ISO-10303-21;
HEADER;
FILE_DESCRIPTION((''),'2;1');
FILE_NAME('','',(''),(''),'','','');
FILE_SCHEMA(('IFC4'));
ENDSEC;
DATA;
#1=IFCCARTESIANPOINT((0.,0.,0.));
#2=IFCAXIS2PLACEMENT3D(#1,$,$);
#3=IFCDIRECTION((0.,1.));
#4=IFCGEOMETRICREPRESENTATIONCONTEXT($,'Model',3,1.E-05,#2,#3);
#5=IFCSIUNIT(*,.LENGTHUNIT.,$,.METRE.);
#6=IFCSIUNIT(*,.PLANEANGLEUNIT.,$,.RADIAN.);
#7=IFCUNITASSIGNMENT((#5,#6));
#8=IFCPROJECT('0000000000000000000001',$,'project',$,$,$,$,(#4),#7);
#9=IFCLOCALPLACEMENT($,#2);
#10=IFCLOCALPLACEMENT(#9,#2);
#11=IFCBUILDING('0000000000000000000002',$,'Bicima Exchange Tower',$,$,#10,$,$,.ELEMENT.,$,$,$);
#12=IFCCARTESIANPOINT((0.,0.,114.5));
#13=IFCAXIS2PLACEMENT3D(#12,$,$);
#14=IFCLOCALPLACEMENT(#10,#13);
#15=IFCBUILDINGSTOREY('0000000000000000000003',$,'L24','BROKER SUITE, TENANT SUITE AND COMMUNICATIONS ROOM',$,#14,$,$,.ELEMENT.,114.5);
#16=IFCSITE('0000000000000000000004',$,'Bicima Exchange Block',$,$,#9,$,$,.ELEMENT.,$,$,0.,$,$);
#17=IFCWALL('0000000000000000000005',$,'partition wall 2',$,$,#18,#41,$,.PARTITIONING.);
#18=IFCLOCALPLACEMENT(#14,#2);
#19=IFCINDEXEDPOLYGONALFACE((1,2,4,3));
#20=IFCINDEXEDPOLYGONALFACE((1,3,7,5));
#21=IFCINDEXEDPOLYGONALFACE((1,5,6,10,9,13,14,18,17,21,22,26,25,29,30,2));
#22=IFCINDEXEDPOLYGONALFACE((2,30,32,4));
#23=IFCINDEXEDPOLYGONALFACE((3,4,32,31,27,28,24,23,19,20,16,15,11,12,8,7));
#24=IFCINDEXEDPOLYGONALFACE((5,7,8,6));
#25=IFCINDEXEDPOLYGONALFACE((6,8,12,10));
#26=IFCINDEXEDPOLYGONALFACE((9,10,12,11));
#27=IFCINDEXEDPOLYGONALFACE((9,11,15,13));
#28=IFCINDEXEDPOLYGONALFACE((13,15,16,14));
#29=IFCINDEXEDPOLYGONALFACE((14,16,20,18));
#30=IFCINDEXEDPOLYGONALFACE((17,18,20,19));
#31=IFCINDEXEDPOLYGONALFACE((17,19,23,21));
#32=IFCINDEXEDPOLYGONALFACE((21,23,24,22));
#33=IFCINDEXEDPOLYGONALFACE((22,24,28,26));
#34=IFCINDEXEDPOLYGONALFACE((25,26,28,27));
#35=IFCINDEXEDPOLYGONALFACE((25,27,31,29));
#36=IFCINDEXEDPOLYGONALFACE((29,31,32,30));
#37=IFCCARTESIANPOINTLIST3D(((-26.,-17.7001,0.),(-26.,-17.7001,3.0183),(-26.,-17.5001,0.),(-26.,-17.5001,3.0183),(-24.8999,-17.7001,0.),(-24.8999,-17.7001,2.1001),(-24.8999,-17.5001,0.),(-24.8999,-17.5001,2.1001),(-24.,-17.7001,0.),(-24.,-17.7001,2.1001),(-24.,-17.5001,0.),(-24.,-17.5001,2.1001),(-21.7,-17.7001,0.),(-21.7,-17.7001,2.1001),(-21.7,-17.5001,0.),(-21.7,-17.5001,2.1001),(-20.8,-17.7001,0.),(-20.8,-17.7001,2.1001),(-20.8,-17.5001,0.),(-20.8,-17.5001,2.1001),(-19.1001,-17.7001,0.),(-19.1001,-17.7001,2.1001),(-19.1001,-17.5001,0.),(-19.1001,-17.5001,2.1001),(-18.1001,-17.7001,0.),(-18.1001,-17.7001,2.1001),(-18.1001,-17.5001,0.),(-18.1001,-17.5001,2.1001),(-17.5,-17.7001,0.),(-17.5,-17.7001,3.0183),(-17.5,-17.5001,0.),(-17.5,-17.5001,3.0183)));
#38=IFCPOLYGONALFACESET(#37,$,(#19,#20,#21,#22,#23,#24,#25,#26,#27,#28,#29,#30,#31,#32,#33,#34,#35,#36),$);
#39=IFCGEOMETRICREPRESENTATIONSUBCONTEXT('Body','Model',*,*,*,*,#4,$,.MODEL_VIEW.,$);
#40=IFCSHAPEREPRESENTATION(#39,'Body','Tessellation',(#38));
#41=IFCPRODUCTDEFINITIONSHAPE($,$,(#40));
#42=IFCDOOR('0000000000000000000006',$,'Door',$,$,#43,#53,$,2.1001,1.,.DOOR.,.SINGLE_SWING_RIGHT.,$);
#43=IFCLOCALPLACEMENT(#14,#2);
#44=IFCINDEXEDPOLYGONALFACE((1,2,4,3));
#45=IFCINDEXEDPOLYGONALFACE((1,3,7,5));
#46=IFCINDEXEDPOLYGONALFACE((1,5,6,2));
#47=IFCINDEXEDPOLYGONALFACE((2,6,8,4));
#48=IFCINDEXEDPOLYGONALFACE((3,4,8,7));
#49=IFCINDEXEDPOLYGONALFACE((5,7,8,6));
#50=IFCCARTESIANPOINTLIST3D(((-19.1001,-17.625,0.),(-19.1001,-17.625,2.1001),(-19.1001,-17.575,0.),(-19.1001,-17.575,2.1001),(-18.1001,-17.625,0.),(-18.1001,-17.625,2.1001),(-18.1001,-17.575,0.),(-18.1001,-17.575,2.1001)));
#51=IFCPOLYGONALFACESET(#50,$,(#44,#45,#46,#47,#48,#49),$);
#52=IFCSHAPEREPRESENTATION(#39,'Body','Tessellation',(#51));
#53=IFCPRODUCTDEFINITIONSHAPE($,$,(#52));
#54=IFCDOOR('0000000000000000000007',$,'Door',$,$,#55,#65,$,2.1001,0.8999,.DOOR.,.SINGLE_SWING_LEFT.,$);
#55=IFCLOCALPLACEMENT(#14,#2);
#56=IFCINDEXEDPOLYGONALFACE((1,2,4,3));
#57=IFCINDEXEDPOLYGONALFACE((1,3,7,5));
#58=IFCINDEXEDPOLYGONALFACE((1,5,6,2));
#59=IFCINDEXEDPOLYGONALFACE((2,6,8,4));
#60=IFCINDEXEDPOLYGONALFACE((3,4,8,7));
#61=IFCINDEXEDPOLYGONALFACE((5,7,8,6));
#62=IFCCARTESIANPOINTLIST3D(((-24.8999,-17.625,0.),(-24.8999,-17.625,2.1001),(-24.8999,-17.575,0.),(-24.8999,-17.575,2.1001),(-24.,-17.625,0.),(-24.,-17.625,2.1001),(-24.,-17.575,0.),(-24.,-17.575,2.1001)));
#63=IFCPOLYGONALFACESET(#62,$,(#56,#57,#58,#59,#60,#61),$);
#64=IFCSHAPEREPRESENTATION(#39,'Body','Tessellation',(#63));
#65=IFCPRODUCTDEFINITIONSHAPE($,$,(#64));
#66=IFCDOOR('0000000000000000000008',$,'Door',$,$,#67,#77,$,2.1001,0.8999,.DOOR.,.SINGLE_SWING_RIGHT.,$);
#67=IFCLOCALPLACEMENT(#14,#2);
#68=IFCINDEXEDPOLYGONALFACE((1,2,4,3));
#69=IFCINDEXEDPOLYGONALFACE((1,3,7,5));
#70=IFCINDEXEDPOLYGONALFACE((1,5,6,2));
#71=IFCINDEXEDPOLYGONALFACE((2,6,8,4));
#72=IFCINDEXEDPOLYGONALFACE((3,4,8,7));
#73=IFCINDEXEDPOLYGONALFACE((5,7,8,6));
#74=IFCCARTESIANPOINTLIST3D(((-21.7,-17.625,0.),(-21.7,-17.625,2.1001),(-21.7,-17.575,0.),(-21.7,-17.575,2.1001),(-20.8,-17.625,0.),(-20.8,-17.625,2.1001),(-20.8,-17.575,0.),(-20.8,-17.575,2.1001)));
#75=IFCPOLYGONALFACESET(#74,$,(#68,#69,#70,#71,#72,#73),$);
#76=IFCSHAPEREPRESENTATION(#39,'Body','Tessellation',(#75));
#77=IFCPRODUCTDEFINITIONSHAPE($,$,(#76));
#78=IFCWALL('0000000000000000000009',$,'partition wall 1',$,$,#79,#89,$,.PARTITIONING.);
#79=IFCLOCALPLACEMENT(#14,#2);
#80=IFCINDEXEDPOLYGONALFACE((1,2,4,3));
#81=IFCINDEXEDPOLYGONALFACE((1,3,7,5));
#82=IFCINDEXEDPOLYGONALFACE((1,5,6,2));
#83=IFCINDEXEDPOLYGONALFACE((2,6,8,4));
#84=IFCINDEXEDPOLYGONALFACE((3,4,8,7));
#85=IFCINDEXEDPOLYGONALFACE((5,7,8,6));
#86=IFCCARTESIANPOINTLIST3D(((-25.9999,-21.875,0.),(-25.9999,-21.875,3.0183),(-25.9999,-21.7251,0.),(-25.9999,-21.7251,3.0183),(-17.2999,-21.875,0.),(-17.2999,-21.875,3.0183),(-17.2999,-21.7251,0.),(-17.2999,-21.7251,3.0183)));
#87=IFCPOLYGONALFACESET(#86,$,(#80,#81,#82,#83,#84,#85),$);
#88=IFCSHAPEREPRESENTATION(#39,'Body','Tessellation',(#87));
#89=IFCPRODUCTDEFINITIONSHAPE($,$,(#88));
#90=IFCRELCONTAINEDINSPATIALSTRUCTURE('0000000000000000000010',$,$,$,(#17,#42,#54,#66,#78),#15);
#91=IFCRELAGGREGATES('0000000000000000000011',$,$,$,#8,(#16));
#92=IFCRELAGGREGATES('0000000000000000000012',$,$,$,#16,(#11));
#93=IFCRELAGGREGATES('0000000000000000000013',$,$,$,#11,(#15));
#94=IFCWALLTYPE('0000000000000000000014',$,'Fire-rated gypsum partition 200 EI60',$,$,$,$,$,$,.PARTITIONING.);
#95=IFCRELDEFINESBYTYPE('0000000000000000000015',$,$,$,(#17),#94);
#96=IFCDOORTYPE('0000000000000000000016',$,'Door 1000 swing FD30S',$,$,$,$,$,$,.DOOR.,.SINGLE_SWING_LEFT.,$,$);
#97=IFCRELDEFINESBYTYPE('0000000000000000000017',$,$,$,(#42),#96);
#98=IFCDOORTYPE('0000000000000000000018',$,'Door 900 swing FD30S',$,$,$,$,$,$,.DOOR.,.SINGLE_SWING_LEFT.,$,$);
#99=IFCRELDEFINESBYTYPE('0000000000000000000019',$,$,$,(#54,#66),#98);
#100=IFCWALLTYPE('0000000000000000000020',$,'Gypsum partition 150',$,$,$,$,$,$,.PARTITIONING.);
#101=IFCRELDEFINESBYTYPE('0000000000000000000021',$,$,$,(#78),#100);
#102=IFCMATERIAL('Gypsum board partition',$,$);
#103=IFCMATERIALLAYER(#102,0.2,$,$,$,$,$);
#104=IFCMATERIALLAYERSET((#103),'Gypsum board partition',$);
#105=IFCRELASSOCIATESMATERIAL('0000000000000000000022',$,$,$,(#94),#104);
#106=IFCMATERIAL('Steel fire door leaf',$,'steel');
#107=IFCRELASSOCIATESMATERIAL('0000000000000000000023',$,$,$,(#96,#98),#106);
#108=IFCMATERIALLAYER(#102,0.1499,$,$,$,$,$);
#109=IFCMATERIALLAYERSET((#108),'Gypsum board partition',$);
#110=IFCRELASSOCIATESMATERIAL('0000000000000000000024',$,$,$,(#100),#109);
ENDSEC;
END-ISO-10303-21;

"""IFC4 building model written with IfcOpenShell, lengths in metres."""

from ifc_helpers import new_model, si_unit, direction, frame, frame_2d, origin, place, context, subcontext, project, spatial, rectangle, extrude, material, layer, layer_set, type_object, element, fill, save


model = new_model("IFC4")

# Units and contexts
model_context = context("Model", 3, precision=1e-05, world=origin(), true_north=direction((0.0, 1.0)))
body_context = subcontext(model_context, "Body", "Model", "MODEL_VIEW")
ifc_project = project(units=[si_unit("LENGTHUNIT", "METRE"), si_unit("PLANEANGLEUNIT", "RADIAN")], contexts=[model_context])

# Site, building, storey
site_placement = place(None, origin())
site = spatial("IfcSite", under=ifc_project, at=site_placement, Name="Bicima Exchange Block", CompositionType="ELEMENT", RefElevation=0.0)
building_placement = place(site_placement, origin())
building = spatial("IfcBuilding", under=site, at=building_placement, Name="Bicima Exchange Tower", CompositionType="ELEMENT")
storey_placement = place(building_placement, frame((0.0, 0.0, 114.5)))
storey = spatial("IfcBuildingStorey", under=building, at=storey_placement, Name="L24", Description="BROKER SUITE, TENANT SUITE AND COMMUNICATIONS ROOM", CompositionType="ELEMENT", Elevation=114.5)

# Wall, openings, doors
ifc_material_1 = material(Name="Gypsum board partition")
ifc_layer_1 = layer(ifc_material_1, 0.2)
ifc_layer_set_1 = layer_set([ifc_layer_1], Name="Gypsum board partition")
wall_type_1 = type_object("IfcWallType", Name="Fire-rated gypsum partition 200 EI60", PredefinedType="PARTITIONING", material=ifc_layer_set_1)
wall_1_placement = place(storey_placement, frame((-26.0, -17.6001, 0.0), z_axis=(0.0, 0.0, 1.0), x_axis=(1.0, 0.0, 0.0)))
wall_1 = element("IfcWall", 1, at=wall_1_placement, inside=storey, type_object=wall_type_1, Name="partition wall 2", PredefinedType="PARTITIONING", context=body_context, shape_type="SweptSolid", body=[
    extrude(rectangle(XDim=8.5, YDim=0.2, at=frame_2d((4.25, 0.0))), origin(), (0.0, 0.0, 1.0), 3.0183),
])
opening_1_placement = place(wall_1_placement, frame((1.1001, 0.0, 0.0)))
opening_1 = element("IfcOpeningElement", 2, at=opening_1_placement, cuts=wall_1, PredefinedType="OPENING", context=body_context, shape_type="SweptSolid", body=[
    extrude(rectangle(XDim=0.8999, YDim=2.1001, at=frame_2d((0.45, 1.05))), frame((0.0, 0.1118, 0.0), z_axis=(0.0, -1.0, 0.0), x_axis=(1.0, 0.0, 0.0)), (0.0, 0.0, 1.0), 0.2239),
])
opening_2_placement = place(wall_1_placement, frame((4.3, 0.0, 0.0)))
opening_2 = element("IfcOpeningElement", 3, at=opening_2_placement, cuts=wall_1, PredefinedType="OPENING", context=body_context, shape_type="SweptSolid", body=[
    extrude(rectangle(XDim=0.8999, YDim=2.1001, at=frame_2d((0.45, 1.05))), frame((0.0, 0.1118, 0.0), z_axis=(0.0, -1.0, 0.0), x_axis=(1.0, 0.0, 0.0)), (0.0, 0.0, 1.0), 0.2239),
])
opening_3_placement = place(wall_1_placement, frame((6.8999, 0.0, 0.0)))
opening_3 = element("IfcOpeningElement", 4, at=opening_3_placement, cuts=wall_1, PredefinedType="OPENING", context=body_context, shape_type="SweptSolid", body=[
    extrude(rectangle(XDim=1.0, YDim=2.1001, at=frame_2d((0.5, 1.05))), frame((0.0, 0.1118, 0.0), z_axis=(0.0, -1.0, 0.0), x_axis=(1.0, 0.0, 0.0)), (0.0, 0.0, 1.0), 0.2239),
])
ifc_material_2 = material(Name="Steel fire door leaf", Category="steel")
door_type_1 = type_object("IfcDoorType", Name="Door 1000 swing FD30S", OperationType="SINGLE_SWING_LEFT", PredefinedType="DOOR", material=ifc_material_2)
door_1_placement = place(opening_3_placement, frame((1.0, 0.0, 0.0), z_axis=(0.0, 0.0, 1.0), x_axis=(-1.0, 0.0, 0.0)))
door_1 = element("IfcDoor", 5, at=door_1_placement, inside=storey, type_object=door_type_1, Name="Door", OperationType="SINGLE_SWING_RIGHT", OverallHeight=2.1001, OverallWidth=1.0, PredefinedType="DOOR", context=body_context, shape_type="SweptSolid", body=[
    extrude(rectangle(XDim=1.0, YDim=2.1001, at=frame_2d((0.5, 1.05))), frame((0.0, 0.0249, 0.0), z_axis=(0.0, -1.0, 0.0), x_axis=(1.0, 0.0, 0.0)), (0.0, 0.0, 1.0), 0.05),
])
fill(opening_3, door_1)
door_type_2 = type_object("IfcDoorType", Name="Door 900 swing FD30S", OperationType="SINGLE_SWING_LEFT", PredefinedType="DOOR", material=ifc_material_2)
door_2_placement = place(opening_1_placement, frame((0.8999, 0.0, 0.0), z_axis=(0.0, 0.0, 1.0), x_axis=(-1.0, 0.0, 0.0)))
door_2 = element("IfcDoor", 6, at=door_2_placement, inside=storey, type_object=door_type_2, Name="Door", OperationType="SINGLE_SWING_LEFT", OverallHeight=2.1001, OverallWidth=0.8999, PredefinedType="DOOR", context=body_context, shape_type="SweptSolid", body=[
    extrude(rectangle(XDim=0.8999, YDim=2.1001, at=frame_2d((0.45, 1.05))), frame((0.0, 0.0249, 0.0), z_axis=(0.0, -1.0, 0.0), x_axis=(1.0, 0.0, 0.0)), (0.0, 0.0, 1.0), 0.05),
])
fill(opening_1, door_2)
door_3_placement = place(opening_2_placement, frame((0.8999, 0.0, 0.0), z_axis=(0.0, 0.0, 1.0), x_axis=(-1.0, 0.0, 0.0)))
door_3 = element("IfcDoor", 7, at=door_3_placement, inside=storey, type_object=door_type_2, Name="Door", OperationType="SINGLE_SWING_RIGHT", OverallHeight=2.1001, OverallWidth=0.8999, PredefinedType="DOOR", context=body_context, shape_type="SweptSolid", body=[
    extrude(rectangle(XDim=0.8999, YDim=2.1001, at=frame_2d((0.45, 1.05))), frame((0.0, 0.0249, 0.0), z_axis=(0.0, -1.0, 0.0), x_axis=(1.0, 0.0, 0.0)), (0.0, 0.0, 1.0), 0.05),
])
fill(opening_2, door_3)

# Wall
ifc_layer_2 = layer(ifc_material_1, 0.1499)
ifc_layer_set_2 = layer_set([ifc_layer_2], Name="Gypsum board partition")
wall_type_2 = type_object("IfcWallType", Name="Gypsum partition 150", PredefinedType="PARTITIONING", material=ifc_layer_set_2)
wall_2_placement = place(storey_placement, frame((-26.0, -21.8, 0.0), z_axis=(0.0, 0.0, 1.0), x_axis=(1.0, 0.0, 0.0)))
element("IfcWall", 8, at=wall_2_placement, inside=storey, type_object=wall_type_2, Name="partition wall 1", PredefinedType="PARTITIONING", context=body_context, shape_type="SweptSolid", body=[
    extrude(rectangle(XDim=8.7, YDim=0.1499, at=frame_2d((4.3501, 0.0))), origin(), (0.0, 0.0, 1.0), 3.0183),
])

save(model, "model.ifc")
